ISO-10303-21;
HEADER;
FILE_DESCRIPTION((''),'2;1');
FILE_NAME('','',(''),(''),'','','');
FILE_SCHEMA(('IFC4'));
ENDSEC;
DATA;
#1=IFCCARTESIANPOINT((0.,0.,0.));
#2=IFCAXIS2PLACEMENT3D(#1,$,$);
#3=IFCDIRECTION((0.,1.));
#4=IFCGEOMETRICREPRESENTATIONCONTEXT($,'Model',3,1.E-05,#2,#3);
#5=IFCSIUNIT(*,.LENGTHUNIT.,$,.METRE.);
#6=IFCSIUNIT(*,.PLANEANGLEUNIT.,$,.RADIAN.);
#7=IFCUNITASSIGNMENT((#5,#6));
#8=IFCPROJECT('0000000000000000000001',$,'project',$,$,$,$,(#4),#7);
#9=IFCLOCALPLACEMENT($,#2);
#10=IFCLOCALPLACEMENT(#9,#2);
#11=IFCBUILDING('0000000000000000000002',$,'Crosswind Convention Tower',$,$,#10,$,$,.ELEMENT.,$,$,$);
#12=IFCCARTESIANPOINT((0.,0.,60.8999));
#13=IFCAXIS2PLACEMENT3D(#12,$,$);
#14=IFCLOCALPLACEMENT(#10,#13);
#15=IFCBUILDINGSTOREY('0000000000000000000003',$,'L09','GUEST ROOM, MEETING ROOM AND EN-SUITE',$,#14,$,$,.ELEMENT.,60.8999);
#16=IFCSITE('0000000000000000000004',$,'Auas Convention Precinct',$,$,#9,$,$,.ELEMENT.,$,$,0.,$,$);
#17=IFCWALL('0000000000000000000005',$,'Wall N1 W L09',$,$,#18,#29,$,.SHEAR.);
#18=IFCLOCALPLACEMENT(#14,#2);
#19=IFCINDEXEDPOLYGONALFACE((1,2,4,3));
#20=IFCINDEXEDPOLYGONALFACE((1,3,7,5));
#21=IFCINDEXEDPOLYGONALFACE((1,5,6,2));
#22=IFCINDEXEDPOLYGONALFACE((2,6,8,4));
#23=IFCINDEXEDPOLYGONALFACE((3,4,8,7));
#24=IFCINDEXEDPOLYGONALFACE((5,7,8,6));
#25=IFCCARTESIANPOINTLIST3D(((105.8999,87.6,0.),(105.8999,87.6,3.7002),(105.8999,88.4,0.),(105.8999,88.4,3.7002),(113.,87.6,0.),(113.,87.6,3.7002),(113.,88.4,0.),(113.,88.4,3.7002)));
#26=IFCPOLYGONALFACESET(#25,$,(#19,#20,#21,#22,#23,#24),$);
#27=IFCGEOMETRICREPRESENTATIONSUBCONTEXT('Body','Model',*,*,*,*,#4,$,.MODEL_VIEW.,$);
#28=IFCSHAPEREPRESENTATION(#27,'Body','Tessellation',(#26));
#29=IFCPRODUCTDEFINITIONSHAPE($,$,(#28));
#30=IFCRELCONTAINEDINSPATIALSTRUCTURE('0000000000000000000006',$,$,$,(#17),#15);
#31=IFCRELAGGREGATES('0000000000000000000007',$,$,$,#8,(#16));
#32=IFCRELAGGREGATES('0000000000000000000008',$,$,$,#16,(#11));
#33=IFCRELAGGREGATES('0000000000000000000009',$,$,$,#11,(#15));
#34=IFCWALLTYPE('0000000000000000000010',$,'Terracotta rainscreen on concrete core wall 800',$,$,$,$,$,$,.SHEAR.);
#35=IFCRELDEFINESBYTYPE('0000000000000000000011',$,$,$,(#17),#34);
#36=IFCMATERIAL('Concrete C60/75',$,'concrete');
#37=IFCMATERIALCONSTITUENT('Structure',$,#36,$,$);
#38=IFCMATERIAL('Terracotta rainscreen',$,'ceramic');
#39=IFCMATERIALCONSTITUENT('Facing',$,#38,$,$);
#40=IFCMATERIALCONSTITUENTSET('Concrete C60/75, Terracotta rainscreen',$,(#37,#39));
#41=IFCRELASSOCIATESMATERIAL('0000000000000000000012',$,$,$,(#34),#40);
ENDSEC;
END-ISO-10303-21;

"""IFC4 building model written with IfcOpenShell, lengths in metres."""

from ifc_helpers import new_model, si_unit, direction, frame, frame_2d, origin, place, context, subcontext, project, spatial, rectangle, extrude, material, constituent, constituent_set, type_object, element, save


model = new_model("IFC4")

# Units and contexts
model_context = context("Model", 3, precision=1e-05, world=origin(), true_north=direction((0.0, 1.0)))
body_context = subcontext(model_context, "Body", "Model", "MODEL_VIEW")
ifc_project = project(units=[si_unit("LENGTHUNIT", "METRE"), si_unit("PLANEANGLEUNIT", "RADIAN")], contexts=[model_context])

# Site, building, storey
site_placement = place(None, origin())
site = spatial("IfcSite", under=ifc_project, at=site_placement, Name="Auas Convention Precinct", CompositionType="ELEMENT", RefElevation=0.0)
building_placement = place(site_placement, origin())
building = spatial("IfcBuilding", under=site, at=building_placement, Name="Crosswind Convention Tower", CompositionType="ELEMENT")
storey_placement = place(building_placement, frame((0.0, 0.0, 60.8999)))
storey = spatial("IfcBuildingStorey", under=building, at=storey_placement, Name="L09", Description="GUEST ROOM, MEETING ROOM AND EN-SUITE", CompositionType="ELEMENT", Elevation=60.8999)

# Wall
ifc_material_1 = material(Name="Concrete C60/75", Category="concrete")
ifc_constituent_1 = constituent(ifc_material_1, Name="Structure")
ifc_material_2 = material(Name="Terracotta rainscreen", Category="ceramic")
ifc_constituent_2 = constituent(ifc_material_2, Name="Facing")
ifc_constituent_set = constituent_set(constituents=[ifc_constituent_1, ifc_constituent_2], Name="Concrete C60/75, Terracotta rainscreen")
wall_type_1 = type_object("IfcWallType", Name="Terracotta rainscreen on concrete core wall 800", PredefinedType="SHEAR", material=ifc_constituent_set)
wall_1_placement = place(storey_placement, frame((113.0, 88.0, 0.0), z_axis=(0.0, 0.0, 1.0), x_axis=(-1.0, 0.0, 0.0)))
element("IfcWall", 1, at=wall_1_placement, inside=storey, type_object=wall_type_1, Name="Wall N1 W L09", PredefinedType="SHEAR", context=body_context, shape_type="SweptSolid", body=[
    extrude(rectangle(XDim=7.1001, YDim=0.8, at=frame_2d((3.55, 0.0))), origin(), (0.0, 0.0, 1.0), 3.7002),
])

save(model, "model.ifc")
